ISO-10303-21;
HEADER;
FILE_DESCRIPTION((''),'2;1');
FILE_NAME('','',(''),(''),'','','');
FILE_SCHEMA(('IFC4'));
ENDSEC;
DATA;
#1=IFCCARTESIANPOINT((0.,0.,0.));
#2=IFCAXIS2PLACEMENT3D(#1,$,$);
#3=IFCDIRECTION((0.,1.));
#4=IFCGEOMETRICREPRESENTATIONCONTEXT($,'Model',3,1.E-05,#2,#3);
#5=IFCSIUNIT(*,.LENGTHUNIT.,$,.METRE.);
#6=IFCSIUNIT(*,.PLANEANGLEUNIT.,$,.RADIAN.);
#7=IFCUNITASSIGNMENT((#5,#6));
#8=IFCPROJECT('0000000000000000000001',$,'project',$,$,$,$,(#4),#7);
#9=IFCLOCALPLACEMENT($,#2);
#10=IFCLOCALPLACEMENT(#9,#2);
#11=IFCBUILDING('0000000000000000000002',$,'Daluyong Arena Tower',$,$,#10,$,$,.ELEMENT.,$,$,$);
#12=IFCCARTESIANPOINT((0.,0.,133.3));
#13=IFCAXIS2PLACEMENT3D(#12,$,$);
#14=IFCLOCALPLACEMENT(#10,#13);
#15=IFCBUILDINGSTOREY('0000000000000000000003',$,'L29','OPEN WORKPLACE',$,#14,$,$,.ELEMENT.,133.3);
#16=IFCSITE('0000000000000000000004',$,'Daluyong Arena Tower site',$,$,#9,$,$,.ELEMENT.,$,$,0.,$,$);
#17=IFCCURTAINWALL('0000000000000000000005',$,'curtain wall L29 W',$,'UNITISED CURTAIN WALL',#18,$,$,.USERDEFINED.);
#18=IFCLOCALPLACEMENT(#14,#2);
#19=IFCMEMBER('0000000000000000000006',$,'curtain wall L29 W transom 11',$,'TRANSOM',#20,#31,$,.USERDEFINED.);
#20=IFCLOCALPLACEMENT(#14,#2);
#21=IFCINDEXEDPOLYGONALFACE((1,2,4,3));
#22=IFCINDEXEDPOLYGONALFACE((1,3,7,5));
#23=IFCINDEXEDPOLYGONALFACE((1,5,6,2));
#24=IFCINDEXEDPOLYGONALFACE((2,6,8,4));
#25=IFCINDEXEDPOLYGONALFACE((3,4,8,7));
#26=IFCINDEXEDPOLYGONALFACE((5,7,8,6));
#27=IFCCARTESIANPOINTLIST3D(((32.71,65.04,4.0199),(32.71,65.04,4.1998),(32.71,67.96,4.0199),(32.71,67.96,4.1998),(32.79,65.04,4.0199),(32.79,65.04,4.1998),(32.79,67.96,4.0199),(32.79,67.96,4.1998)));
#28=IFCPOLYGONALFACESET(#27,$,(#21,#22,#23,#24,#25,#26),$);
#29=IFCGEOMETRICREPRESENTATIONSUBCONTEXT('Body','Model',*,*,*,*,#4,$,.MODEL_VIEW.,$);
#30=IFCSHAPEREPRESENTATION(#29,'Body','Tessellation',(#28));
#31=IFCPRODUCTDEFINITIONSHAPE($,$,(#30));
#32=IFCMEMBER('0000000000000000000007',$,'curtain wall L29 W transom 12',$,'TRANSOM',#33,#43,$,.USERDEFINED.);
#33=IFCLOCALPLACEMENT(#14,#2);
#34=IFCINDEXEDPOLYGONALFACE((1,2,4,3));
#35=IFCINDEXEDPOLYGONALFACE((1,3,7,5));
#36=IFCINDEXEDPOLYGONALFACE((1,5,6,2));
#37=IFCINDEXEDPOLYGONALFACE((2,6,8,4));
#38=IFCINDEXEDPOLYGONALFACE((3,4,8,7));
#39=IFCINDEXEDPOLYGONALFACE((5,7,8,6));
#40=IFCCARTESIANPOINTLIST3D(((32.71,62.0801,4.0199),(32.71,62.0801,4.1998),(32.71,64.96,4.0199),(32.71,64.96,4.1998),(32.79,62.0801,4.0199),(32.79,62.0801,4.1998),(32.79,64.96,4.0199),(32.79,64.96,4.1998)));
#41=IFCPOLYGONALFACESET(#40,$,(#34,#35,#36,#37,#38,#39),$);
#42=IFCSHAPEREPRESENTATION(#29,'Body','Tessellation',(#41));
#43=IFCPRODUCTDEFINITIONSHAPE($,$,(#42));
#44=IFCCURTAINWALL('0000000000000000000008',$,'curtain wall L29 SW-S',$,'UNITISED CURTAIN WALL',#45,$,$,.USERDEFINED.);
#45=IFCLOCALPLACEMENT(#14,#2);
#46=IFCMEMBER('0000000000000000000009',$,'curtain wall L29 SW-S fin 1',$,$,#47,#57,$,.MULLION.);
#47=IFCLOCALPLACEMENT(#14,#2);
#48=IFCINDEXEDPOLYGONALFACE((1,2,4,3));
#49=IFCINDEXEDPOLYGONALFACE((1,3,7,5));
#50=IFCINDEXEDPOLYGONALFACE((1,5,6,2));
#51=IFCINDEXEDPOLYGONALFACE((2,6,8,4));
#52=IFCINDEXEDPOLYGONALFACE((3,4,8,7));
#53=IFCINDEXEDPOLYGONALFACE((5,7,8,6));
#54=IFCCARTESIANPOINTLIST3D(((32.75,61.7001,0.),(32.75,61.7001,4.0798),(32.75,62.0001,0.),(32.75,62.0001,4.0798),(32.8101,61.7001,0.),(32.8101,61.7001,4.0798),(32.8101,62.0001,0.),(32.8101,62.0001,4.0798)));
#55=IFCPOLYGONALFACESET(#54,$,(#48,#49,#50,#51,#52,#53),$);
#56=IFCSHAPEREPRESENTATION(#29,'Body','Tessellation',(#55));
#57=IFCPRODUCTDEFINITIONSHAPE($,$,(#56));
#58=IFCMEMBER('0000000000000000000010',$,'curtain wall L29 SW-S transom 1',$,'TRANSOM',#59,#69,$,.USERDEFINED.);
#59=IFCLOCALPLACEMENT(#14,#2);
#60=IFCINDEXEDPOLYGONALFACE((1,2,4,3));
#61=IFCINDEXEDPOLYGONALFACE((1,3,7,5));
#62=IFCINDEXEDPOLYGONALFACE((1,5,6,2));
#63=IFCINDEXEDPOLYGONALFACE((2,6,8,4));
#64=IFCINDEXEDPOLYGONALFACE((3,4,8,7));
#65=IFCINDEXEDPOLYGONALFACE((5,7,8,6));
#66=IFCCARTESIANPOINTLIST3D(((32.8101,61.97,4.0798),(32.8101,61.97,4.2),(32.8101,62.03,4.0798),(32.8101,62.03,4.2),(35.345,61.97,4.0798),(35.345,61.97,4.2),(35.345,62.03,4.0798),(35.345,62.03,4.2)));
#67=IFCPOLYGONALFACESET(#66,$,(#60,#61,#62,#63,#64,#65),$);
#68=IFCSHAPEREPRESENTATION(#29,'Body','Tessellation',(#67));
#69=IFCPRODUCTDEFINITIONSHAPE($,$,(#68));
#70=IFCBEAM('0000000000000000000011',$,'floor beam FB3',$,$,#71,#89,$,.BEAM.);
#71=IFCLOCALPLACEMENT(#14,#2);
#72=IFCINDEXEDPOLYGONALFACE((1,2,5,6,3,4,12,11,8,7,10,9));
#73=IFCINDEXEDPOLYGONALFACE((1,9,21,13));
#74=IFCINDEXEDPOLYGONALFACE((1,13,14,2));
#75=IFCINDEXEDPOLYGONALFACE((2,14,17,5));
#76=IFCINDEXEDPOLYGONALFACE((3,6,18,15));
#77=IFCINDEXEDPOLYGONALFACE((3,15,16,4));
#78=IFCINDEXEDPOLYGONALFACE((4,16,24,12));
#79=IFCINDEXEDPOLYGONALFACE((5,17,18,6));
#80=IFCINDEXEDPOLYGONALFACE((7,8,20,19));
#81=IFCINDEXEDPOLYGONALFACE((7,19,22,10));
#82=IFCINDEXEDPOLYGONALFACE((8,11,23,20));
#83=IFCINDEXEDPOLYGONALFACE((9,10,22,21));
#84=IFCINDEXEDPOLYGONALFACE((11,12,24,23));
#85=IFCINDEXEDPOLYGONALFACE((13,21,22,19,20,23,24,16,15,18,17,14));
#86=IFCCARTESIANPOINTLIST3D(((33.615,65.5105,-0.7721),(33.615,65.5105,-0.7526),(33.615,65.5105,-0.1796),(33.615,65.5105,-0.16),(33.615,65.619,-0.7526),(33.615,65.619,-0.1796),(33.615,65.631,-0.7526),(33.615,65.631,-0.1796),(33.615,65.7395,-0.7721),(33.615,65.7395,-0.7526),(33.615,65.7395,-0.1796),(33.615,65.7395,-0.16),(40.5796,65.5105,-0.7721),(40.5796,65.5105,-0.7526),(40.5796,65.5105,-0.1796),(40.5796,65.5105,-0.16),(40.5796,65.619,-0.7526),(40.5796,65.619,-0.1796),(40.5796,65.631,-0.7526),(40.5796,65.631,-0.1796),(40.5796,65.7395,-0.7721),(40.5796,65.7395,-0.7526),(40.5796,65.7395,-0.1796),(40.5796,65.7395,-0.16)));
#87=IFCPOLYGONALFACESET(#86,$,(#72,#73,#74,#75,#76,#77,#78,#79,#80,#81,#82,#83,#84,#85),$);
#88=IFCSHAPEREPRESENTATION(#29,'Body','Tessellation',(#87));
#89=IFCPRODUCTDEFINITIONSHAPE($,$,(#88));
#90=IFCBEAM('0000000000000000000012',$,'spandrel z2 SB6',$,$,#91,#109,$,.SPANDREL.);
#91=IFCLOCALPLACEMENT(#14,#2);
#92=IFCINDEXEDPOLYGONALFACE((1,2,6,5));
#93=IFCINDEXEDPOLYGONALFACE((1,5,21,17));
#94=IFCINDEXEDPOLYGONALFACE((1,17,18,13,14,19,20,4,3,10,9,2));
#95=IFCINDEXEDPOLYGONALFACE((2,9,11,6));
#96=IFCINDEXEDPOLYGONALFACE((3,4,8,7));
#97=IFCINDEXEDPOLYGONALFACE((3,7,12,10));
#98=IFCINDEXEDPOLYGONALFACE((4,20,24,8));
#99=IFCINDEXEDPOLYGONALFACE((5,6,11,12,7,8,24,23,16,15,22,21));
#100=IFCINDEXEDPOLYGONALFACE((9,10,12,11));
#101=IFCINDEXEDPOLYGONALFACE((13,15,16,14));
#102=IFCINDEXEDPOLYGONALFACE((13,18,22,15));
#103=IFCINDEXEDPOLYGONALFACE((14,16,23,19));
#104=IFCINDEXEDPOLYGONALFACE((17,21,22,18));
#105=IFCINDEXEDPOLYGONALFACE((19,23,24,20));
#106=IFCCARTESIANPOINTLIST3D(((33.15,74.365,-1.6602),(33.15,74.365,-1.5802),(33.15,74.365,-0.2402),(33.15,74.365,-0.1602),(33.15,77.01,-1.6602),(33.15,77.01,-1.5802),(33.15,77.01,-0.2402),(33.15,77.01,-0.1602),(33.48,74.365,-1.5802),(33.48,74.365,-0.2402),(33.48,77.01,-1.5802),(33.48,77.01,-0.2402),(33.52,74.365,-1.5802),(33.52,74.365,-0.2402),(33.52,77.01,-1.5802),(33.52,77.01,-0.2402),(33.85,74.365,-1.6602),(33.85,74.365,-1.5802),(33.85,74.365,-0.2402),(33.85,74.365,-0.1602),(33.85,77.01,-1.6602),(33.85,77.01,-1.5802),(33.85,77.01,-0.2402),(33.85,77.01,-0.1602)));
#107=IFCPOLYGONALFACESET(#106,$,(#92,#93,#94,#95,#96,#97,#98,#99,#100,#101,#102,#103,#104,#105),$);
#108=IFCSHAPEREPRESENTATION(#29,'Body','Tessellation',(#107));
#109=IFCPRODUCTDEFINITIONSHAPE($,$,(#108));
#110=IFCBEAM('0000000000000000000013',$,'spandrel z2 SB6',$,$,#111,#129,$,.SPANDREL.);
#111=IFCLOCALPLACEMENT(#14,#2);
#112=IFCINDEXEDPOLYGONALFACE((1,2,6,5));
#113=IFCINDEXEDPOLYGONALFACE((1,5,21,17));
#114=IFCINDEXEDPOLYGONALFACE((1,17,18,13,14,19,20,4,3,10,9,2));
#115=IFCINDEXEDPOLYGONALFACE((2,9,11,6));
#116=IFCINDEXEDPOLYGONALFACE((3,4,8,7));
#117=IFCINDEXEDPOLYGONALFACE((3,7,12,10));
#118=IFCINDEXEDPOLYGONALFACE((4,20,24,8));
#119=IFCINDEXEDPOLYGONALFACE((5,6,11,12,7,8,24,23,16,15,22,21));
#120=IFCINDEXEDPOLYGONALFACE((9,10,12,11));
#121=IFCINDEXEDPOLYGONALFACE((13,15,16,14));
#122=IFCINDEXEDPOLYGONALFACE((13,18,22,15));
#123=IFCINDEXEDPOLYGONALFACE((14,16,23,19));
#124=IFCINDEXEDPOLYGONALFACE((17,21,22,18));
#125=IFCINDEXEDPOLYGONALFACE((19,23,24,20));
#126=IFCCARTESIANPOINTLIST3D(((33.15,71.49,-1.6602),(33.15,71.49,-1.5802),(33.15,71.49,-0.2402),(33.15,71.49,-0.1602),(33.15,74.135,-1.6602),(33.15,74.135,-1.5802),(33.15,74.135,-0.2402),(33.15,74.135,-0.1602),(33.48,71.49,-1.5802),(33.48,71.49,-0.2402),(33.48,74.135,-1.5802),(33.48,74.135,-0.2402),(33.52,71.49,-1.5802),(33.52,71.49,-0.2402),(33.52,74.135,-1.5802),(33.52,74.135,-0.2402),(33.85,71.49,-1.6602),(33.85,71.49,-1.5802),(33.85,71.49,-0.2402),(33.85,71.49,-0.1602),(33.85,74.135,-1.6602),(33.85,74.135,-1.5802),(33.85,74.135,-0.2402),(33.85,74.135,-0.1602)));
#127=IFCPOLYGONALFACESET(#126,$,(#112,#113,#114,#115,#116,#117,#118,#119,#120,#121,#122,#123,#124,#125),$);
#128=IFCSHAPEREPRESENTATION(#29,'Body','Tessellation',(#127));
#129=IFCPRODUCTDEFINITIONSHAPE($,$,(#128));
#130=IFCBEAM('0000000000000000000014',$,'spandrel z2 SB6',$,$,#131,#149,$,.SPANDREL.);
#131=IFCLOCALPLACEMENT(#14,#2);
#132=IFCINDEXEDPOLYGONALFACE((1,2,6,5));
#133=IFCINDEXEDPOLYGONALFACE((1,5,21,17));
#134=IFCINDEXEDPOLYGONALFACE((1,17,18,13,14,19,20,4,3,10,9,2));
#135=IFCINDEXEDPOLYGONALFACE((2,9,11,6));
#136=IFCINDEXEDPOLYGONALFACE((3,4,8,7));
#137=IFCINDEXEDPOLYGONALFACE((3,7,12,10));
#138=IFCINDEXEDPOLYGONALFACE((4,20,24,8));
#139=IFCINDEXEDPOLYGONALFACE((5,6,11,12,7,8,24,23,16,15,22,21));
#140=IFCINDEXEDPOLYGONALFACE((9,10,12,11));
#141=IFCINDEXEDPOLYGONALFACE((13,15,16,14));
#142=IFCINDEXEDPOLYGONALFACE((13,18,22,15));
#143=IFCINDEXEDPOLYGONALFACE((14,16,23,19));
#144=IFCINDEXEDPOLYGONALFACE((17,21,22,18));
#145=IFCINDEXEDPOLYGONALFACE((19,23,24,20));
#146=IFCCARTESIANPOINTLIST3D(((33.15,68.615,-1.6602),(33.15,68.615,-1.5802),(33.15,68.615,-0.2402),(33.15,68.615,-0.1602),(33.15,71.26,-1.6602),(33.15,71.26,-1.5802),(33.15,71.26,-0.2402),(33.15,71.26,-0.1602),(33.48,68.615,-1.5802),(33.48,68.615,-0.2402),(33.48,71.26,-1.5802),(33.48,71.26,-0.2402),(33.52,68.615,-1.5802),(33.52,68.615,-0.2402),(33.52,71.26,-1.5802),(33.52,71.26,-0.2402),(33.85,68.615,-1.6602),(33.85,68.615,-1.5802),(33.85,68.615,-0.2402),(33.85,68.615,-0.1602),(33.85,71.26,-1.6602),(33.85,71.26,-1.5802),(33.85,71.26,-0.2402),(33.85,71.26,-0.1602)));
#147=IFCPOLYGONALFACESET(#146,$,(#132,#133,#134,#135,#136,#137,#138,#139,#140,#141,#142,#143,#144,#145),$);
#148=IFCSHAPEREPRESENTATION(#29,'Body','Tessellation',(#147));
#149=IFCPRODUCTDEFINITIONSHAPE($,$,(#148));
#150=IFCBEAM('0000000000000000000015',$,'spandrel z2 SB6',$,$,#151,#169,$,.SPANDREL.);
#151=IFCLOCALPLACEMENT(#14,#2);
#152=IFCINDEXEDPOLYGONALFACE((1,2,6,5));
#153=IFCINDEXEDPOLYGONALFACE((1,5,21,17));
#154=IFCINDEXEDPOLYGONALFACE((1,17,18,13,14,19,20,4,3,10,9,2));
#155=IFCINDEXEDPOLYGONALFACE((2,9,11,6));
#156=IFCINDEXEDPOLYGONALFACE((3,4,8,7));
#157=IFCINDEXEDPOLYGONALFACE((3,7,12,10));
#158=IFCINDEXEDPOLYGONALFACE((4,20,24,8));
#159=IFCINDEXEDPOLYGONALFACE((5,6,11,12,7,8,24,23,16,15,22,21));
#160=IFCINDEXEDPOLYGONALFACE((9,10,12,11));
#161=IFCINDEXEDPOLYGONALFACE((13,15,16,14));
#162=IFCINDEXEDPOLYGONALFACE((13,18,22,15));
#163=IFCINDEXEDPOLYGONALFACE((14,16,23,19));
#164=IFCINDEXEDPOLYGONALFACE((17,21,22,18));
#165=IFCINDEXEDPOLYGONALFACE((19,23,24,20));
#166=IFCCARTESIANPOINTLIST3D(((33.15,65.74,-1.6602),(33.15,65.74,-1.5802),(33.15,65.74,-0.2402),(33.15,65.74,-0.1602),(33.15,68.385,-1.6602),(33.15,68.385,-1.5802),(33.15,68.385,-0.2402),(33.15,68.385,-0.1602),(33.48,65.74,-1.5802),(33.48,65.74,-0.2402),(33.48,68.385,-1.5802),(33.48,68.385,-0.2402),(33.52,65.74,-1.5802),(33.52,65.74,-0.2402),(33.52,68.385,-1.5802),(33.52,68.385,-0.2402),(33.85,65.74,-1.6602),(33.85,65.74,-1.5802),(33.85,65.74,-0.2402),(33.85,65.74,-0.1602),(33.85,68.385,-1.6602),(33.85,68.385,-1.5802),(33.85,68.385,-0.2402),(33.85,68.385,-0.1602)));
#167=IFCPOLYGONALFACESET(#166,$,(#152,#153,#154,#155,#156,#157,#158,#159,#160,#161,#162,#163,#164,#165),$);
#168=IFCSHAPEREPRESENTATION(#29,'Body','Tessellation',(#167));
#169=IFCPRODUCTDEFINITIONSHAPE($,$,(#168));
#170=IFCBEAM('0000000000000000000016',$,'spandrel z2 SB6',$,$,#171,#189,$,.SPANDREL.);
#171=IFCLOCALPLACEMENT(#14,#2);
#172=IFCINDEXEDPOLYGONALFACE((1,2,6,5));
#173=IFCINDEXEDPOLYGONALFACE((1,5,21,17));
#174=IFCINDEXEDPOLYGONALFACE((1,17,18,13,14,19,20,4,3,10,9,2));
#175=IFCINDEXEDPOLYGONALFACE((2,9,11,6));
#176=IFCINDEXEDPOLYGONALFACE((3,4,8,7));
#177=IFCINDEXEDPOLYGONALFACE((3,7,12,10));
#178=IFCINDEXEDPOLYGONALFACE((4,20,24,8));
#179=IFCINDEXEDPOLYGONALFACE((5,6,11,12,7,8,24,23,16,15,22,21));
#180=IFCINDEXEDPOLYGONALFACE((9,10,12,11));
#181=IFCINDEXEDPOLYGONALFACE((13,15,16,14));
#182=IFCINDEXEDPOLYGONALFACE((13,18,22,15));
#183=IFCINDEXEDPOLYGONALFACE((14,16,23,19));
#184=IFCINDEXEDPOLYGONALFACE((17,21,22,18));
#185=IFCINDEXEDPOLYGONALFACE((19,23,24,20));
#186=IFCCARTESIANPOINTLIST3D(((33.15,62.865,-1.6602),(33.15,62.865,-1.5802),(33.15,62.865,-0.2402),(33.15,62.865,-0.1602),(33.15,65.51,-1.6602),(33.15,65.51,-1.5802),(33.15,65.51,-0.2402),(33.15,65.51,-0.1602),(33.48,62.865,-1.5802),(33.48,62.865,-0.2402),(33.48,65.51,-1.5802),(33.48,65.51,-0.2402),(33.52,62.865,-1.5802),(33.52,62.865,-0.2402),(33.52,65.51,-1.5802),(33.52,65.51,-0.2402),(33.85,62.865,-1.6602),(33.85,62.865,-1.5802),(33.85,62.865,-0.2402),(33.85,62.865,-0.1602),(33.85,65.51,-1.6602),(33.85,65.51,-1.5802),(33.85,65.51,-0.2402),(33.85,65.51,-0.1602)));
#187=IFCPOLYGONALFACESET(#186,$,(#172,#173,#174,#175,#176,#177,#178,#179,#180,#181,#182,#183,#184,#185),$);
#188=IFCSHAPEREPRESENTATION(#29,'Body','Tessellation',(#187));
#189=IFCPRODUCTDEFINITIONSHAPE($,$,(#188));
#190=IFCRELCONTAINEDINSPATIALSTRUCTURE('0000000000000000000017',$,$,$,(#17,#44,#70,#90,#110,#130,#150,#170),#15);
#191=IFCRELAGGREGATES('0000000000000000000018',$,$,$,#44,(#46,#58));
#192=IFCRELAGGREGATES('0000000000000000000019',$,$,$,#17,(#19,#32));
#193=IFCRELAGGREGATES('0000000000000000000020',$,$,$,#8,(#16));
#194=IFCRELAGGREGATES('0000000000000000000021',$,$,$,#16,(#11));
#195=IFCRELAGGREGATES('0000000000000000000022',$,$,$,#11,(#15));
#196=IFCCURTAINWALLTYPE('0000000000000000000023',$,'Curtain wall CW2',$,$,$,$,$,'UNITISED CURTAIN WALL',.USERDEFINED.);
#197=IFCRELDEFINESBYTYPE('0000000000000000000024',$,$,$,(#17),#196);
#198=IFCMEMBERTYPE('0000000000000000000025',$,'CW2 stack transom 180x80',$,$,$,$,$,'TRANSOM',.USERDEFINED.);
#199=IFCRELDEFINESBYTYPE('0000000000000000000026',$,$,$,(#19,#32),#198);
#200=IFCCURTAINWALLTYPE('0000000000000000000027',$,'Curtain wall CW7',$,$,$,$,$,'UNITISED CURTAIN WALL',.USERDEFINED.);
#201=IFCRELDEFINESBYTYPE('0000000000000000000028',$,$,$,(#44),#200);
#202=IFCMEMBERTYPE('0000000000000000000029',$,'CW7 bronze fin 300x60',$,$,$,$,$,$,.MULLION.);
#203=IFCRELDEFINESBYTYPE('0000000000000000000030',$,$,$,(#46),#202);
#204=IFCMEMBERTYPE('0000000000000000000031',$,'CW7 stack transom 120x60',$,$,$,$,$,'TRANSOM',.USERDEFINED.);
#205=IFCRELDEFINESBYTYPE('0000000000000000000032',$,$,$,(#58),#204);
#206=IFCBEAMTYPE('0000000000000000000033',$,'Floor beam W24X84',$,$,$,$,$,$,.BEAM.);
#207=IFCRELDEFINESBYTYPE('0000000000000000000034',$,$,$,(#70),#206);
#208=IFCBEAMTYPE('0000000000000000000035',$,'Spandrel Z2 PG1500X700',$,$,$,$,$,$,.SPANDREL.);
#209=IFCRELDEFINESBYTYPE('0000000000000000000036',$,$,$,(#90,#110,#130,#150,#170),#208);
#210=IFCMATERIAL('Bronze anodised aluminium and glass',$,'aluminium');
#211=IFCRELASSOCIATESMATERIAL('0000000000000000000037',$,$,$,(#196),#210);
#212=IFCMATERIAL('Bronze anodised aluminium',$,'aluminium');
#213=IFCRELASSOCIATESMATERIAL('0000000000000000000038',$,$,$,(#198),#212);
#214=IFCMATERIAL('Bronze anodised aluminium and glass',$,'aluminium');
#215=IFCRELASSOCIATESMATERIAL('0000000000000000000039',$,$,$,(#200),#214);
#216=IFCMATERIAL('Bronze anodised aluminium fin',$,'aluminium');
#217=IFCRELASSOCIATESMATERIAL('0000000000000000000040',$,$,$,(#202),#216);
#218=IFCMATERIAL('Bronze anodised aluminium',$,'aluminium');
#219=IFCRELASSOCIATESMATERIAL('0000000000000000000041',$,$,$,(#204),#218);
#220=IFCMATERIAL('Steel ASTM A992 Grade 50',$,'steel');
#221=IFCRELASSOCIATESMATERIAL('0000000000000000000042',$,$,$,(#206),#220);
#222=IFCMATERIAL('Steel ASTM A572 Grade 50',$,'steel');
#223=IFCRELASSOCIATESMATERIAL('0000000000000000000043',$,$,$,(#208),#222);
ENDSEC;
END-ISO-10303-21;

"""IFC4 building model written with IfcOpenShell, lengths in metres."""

from ifc_helpers import new_model, si_unit, direction, frame, origin, origin_2d, place, context, subcontext, project, spatial, rectangle, i_section, extrude, material, material_profile, profile_set, type_object, element, aggregate, save


model = new_model("IFC4")

# Units and contexts
model_context = context("Model", 3, precision=1e-05, world=origin(), true_north=direction((0.0, 1.0)))
body_context = subcontext(model_context, "Body", "Model", "MODEL_VIEW")
ifc_project = project(units=[si_unit("LENGTHUNIT", "METRE"), si_unit("PLANEANGLEUNIT", "RADIAN")], contexts=[model_context])

# Site, building, storey
site_placement = place(None, origin())
site = spatial("IfcSite", under=ifc_project, at=site_placement, Name="Daluyong Arena Tower site", CompositionType="ELEMENT", RefElevation=0.0)
building_placement = place(site_placement, origin())
building = spatial("IfcBuilding", under=site, at=building_placement, Name="Daluyong Arena Tower", CompositionType="ELEMENT")
storey_placement = place(building_placement, frame((0.0, 0.0, 133.3)))
storey = spatial("IfcBuildingStorey", under=building, at=storey_placement, Name="L29", Description="OPEN WORKPLACE", CompositionType="ELEMENT", Elevation=133.3)

# Curtain walls, members
ifc_material_1 = material(Name="Bronze anodised aluminium and glass", Category="aluminium")
curtain_wall_type_1 = type_object("IfcCurtainWallType", Name="Curtain wall CW2", ElementType="UNITISED CURTAIN WALL", PredefinedType="USERDEFINED", material=ifc_material_1)
curtain_wall_1_placement = place(storey_placement, origin())
curtain_wall_1 = element("IfcCurtainWall", 1, at=curtain_wall_1_placement, inside=storey, type_object=curtain_wall_type_1, Name="curtain wall L29 W", ObjectType="UNITISED CURTAIN WALL", PredefinedType="USERDEFINED")
ifc_material_2 = material(Name="Bronze anodised aluminium", Category="aluminium")
ifc_material_profile_1 = material_profile(ifc_material_2, rectangle(XDim=0.0801, YDim=0.1799, at=origin_2d()))
ifc_profile_set_1 = profile_set([ifc_material_profile_1], Name="Bronze anodised aluminium")
member_type_1 = type_object("IfcMemberType", Name="CW2 stack transom 180x80", ElementType="TRANSOM", PredefinedType="USERDEFINED", material=ifc_profile_set_1)
member_1_placement = place(storey_placement, frame((32.75, 67.96, 4.1099), z_axis=(0.0, -1.0, 0.0), x_axis=(1.0, 0.0, 0.0)))
member_1 = element("IfcMember", 2, at=member_1_placement, type_object=member_type_1, Name="curtain wall L29 W transom 11", ObjectType="TRANSOM", PredefinedType="USERDEFINED", context=body_context, shape_type="SweptSolid", body=[
    extrude(rectangle(XDim=0.0801, YDim=0.1799, at=origin_2d()), origin(), (0.0, 0.0, 1.0), 2.9199),
])
member_2_placement = place(storey_placement, frame((32.75, 64.96, 4.1099), z_axis=(0.0, -1.0, 0.0), x_axis=(1.0, 0.0, 0.0)))
member_2 = element("IfcMember", 3, at=member_2_placement, type_object=member_type_1, Name="curtain wall L29 W transom 12", ObjectType="TRANSOM", PredefinedType="USERDEFINED", context=body_context, shape_type="SweptSolid", body=[
    extrude(rectangle(XDim=0.0801, YDim=0.1799, at=origin_2d()), origin(), (0.0, 0.0, 1.0), 2.8799),
])
ifc_material_3 = material(Name="Bronze anodised aluminium and glass", Category="aluminium")
curtain_wall_type_2 = type_object("IfcCurtainWallType", Name="Curtain wall CW7", ElementType="UNITISED CURTAIN WALL", PredefinedType="USERDEFINED", material=ifc_material_3)
curtain_wall_2_placement = place(storey_placement, origin())
curtain_wall_2 = element("IfcCurtainWall", 4, at=curtain_wall_2_placement, inside=storey, type_object=curtain_wall_type_2, Name="curtain wall L29 SW-S", ObjectType="UNITISED CURTAIN WALL", PredefinedType="USERDEFINED")
ifc_material_4 = material(Name="Bronze anodised aluminium fin", Category="aluminium")
ifc_material_profile_2 = material_profile(ifc_material_4, rectangle(XDim=0.3, YDim=0.0601, at=origin_2d()))
ifc_profile_set_2 = profile_set([ifc_material_profile_2], Name="Bronze anodised aluminium fin")
member_type_2 = type_object("IfcMemberType", Name="CW7 bronze fin 300x60", PredefinedType="MULLION", material=ifc_profile_set_2)
member_3_placement = place(storey_placement, frame((32.78, 61.8501, 0.0), z_axis=(0.0, 0.0, 1.0), x_axis=(0.0, 1.0, 0.0)))
member_3 = element("IfcMember", 5, at=member_3_placement, type_object=member_type_2, Name="curtain wall L29 SW-S fin 1", PredefinedType="MULLION", context=body_context, shape_type="SweptSolid", body=[
    extrude(rectangle(XDim=0.3, YDim=0.0601, at=origin_2d()), origin(), (0.0, 0.0, 1.0), 4.0798),
])
ifc_material_5 = material(Name="Bronze anodised aluminium", Category="aluminium")
ifc_material_profile_3 = material_profile(ifc_material_5, rectangle(XDim=0.0601, YDim=0.1201, at=origin_2d()))
ifc_profile_set_3 = profile_set([ifc_material_profile_3], Name="Bronze anodised aluminium")
member_type_3 = type_object("IfcMemberType", Name="CW7 stack transom 120x60", ElementType="TRANSOM", PredefinedType="USERDEFINED", material=ifc_profile_set_3)
member_4_placement = place(storey_placement, frame((32.8101, 62.0, 4.1399), z_axis=(1.0, 0.0, 0.0), x_axis=(0.0, 1.0, 0.0)))
member_4 = element("IfcMember", 6, at=member_4_placement, type_object=member_type_3, Name="curtain wall L29 SW-S transom 1", ObjectType="TRANSOM", PredefinedType="USERDEFINED", context=body_context, shape_type="SweptSolid", body=[
    extrude(rectangle(XDim=0.0601, YDim=0.1201, at=origin_2d()), origin(), (0.0, 0.0, 1.0), 2.5349),
])
aggregate(curtain_wall_2, [member_3, member_4])

# Beams
ifc_material_6 = material(Name="Steel ASTM A992 Grade 50", Category="steel")
ifc_material_profile_4 = material_profile(ifc_material_6, i_section(OverallWidth=0.229, OverallDepth=0.6121, WebThickness=0.012, FlangeThickness=0.0195, at=origin_2d()))
ifc_profile_set_4 = profile_set([ifc_material_profile_4], Name="Steel ASTM A992 Grade 50")
beam_type_1 = type_object("IfcBeamType", Name="Floor beam W24X84", PredefinedType="BEAM", material=ifc_profile_set_4)
beam_1_placement = place(storey_placement, frame((33.615, 65.625, -0.4661), z_axis=(1.0, 0.0, 0.0), x_axis=(0.0, 1.0, 0.0)))
element("IfcBeam", 7, at=beam_1_placement, inside=storey, type_object=beam_type_1, Name="floor beam FB3", PredefinedType="BEAM", context=body_context, shape_type="SweptSolid", body=[
    extrude(i_section(OverallWidth=0.229, OverallDepth=0.6121, WebThickness=0.012, FlangeThickness=0.0195, at=origin_2d()), origin(), (0.0, 0.0, 1.0), 6.9646),
])
ifc_material_7 = material(Name="Steel ASTM A572 Grade 50", Category="steel")
ifc_material_profile_5 = material_profile(ifc_material_7, i_section(OverallWidth=0.7, OverallDepth=1.5, WebThickness=0.04, FlangeThickness=0.08, at=origin_2d()))
ifc_profile_set_5 = profile_set([ifc_material_profile_5], Name="Steel ASTM A572 Grade 50")
beam_type_2 = type_object("IfcBeamType", Name="Spandrel Z2 PG1500X700", PredefinedType="SPANDREL", material=ifc_profile_set_5)
for number, where, z_axis, x_axis, name in (
    (8, (33.5, 77.01, -0.9102), (0.0, -1.0, 0.0), (1.0, 0.0, 0.0), "spandrel z2 SB6"),
    (9, (33.5, 74.135, -0.9102), (0.0, -1.0, 0.0), (1.0, 0.0, 0.0), "spandrel z2 SB6"),
    (10, (33.5, 71.26, -0.9102), (0.0, -1.0, 0.0), (1.0, 0.0, 0.0), "spandrel z2 SB6"),
    (11, (33.5, 68.385, -0.9102), (0.0, -1.0, 0.0), (1.0, 0.0, 0.0), "spandrel z2 SB6"),
    (12, (33.5, 65.51, -0.9102), (0.0, -1.0, 0.0), (1.0, 0.0, 0.0), "spandrel z2 SB6"),
):
    element("IfcBeam", number, at=place(storey_placement, frame(where, z_axis=z_axis, x_axis=x_axis)), inside=storey, type_object=beam_type_2, Name=name, PredefinedType="SPANDREL", context=body_context, shape_type="SweptSolid", body=[
        extrude(i_section(OverallWidth=0.7, OverallDepth=1.5, WebThickness=0.04, FlangeThickness=0.08, at=origin_2d()), origin(), (0.0, 0.0, 1.0), 2.645),
    ])

aggregate(curtain_wall_1, [member_1, member_2])

save(model, "model.ifc")
